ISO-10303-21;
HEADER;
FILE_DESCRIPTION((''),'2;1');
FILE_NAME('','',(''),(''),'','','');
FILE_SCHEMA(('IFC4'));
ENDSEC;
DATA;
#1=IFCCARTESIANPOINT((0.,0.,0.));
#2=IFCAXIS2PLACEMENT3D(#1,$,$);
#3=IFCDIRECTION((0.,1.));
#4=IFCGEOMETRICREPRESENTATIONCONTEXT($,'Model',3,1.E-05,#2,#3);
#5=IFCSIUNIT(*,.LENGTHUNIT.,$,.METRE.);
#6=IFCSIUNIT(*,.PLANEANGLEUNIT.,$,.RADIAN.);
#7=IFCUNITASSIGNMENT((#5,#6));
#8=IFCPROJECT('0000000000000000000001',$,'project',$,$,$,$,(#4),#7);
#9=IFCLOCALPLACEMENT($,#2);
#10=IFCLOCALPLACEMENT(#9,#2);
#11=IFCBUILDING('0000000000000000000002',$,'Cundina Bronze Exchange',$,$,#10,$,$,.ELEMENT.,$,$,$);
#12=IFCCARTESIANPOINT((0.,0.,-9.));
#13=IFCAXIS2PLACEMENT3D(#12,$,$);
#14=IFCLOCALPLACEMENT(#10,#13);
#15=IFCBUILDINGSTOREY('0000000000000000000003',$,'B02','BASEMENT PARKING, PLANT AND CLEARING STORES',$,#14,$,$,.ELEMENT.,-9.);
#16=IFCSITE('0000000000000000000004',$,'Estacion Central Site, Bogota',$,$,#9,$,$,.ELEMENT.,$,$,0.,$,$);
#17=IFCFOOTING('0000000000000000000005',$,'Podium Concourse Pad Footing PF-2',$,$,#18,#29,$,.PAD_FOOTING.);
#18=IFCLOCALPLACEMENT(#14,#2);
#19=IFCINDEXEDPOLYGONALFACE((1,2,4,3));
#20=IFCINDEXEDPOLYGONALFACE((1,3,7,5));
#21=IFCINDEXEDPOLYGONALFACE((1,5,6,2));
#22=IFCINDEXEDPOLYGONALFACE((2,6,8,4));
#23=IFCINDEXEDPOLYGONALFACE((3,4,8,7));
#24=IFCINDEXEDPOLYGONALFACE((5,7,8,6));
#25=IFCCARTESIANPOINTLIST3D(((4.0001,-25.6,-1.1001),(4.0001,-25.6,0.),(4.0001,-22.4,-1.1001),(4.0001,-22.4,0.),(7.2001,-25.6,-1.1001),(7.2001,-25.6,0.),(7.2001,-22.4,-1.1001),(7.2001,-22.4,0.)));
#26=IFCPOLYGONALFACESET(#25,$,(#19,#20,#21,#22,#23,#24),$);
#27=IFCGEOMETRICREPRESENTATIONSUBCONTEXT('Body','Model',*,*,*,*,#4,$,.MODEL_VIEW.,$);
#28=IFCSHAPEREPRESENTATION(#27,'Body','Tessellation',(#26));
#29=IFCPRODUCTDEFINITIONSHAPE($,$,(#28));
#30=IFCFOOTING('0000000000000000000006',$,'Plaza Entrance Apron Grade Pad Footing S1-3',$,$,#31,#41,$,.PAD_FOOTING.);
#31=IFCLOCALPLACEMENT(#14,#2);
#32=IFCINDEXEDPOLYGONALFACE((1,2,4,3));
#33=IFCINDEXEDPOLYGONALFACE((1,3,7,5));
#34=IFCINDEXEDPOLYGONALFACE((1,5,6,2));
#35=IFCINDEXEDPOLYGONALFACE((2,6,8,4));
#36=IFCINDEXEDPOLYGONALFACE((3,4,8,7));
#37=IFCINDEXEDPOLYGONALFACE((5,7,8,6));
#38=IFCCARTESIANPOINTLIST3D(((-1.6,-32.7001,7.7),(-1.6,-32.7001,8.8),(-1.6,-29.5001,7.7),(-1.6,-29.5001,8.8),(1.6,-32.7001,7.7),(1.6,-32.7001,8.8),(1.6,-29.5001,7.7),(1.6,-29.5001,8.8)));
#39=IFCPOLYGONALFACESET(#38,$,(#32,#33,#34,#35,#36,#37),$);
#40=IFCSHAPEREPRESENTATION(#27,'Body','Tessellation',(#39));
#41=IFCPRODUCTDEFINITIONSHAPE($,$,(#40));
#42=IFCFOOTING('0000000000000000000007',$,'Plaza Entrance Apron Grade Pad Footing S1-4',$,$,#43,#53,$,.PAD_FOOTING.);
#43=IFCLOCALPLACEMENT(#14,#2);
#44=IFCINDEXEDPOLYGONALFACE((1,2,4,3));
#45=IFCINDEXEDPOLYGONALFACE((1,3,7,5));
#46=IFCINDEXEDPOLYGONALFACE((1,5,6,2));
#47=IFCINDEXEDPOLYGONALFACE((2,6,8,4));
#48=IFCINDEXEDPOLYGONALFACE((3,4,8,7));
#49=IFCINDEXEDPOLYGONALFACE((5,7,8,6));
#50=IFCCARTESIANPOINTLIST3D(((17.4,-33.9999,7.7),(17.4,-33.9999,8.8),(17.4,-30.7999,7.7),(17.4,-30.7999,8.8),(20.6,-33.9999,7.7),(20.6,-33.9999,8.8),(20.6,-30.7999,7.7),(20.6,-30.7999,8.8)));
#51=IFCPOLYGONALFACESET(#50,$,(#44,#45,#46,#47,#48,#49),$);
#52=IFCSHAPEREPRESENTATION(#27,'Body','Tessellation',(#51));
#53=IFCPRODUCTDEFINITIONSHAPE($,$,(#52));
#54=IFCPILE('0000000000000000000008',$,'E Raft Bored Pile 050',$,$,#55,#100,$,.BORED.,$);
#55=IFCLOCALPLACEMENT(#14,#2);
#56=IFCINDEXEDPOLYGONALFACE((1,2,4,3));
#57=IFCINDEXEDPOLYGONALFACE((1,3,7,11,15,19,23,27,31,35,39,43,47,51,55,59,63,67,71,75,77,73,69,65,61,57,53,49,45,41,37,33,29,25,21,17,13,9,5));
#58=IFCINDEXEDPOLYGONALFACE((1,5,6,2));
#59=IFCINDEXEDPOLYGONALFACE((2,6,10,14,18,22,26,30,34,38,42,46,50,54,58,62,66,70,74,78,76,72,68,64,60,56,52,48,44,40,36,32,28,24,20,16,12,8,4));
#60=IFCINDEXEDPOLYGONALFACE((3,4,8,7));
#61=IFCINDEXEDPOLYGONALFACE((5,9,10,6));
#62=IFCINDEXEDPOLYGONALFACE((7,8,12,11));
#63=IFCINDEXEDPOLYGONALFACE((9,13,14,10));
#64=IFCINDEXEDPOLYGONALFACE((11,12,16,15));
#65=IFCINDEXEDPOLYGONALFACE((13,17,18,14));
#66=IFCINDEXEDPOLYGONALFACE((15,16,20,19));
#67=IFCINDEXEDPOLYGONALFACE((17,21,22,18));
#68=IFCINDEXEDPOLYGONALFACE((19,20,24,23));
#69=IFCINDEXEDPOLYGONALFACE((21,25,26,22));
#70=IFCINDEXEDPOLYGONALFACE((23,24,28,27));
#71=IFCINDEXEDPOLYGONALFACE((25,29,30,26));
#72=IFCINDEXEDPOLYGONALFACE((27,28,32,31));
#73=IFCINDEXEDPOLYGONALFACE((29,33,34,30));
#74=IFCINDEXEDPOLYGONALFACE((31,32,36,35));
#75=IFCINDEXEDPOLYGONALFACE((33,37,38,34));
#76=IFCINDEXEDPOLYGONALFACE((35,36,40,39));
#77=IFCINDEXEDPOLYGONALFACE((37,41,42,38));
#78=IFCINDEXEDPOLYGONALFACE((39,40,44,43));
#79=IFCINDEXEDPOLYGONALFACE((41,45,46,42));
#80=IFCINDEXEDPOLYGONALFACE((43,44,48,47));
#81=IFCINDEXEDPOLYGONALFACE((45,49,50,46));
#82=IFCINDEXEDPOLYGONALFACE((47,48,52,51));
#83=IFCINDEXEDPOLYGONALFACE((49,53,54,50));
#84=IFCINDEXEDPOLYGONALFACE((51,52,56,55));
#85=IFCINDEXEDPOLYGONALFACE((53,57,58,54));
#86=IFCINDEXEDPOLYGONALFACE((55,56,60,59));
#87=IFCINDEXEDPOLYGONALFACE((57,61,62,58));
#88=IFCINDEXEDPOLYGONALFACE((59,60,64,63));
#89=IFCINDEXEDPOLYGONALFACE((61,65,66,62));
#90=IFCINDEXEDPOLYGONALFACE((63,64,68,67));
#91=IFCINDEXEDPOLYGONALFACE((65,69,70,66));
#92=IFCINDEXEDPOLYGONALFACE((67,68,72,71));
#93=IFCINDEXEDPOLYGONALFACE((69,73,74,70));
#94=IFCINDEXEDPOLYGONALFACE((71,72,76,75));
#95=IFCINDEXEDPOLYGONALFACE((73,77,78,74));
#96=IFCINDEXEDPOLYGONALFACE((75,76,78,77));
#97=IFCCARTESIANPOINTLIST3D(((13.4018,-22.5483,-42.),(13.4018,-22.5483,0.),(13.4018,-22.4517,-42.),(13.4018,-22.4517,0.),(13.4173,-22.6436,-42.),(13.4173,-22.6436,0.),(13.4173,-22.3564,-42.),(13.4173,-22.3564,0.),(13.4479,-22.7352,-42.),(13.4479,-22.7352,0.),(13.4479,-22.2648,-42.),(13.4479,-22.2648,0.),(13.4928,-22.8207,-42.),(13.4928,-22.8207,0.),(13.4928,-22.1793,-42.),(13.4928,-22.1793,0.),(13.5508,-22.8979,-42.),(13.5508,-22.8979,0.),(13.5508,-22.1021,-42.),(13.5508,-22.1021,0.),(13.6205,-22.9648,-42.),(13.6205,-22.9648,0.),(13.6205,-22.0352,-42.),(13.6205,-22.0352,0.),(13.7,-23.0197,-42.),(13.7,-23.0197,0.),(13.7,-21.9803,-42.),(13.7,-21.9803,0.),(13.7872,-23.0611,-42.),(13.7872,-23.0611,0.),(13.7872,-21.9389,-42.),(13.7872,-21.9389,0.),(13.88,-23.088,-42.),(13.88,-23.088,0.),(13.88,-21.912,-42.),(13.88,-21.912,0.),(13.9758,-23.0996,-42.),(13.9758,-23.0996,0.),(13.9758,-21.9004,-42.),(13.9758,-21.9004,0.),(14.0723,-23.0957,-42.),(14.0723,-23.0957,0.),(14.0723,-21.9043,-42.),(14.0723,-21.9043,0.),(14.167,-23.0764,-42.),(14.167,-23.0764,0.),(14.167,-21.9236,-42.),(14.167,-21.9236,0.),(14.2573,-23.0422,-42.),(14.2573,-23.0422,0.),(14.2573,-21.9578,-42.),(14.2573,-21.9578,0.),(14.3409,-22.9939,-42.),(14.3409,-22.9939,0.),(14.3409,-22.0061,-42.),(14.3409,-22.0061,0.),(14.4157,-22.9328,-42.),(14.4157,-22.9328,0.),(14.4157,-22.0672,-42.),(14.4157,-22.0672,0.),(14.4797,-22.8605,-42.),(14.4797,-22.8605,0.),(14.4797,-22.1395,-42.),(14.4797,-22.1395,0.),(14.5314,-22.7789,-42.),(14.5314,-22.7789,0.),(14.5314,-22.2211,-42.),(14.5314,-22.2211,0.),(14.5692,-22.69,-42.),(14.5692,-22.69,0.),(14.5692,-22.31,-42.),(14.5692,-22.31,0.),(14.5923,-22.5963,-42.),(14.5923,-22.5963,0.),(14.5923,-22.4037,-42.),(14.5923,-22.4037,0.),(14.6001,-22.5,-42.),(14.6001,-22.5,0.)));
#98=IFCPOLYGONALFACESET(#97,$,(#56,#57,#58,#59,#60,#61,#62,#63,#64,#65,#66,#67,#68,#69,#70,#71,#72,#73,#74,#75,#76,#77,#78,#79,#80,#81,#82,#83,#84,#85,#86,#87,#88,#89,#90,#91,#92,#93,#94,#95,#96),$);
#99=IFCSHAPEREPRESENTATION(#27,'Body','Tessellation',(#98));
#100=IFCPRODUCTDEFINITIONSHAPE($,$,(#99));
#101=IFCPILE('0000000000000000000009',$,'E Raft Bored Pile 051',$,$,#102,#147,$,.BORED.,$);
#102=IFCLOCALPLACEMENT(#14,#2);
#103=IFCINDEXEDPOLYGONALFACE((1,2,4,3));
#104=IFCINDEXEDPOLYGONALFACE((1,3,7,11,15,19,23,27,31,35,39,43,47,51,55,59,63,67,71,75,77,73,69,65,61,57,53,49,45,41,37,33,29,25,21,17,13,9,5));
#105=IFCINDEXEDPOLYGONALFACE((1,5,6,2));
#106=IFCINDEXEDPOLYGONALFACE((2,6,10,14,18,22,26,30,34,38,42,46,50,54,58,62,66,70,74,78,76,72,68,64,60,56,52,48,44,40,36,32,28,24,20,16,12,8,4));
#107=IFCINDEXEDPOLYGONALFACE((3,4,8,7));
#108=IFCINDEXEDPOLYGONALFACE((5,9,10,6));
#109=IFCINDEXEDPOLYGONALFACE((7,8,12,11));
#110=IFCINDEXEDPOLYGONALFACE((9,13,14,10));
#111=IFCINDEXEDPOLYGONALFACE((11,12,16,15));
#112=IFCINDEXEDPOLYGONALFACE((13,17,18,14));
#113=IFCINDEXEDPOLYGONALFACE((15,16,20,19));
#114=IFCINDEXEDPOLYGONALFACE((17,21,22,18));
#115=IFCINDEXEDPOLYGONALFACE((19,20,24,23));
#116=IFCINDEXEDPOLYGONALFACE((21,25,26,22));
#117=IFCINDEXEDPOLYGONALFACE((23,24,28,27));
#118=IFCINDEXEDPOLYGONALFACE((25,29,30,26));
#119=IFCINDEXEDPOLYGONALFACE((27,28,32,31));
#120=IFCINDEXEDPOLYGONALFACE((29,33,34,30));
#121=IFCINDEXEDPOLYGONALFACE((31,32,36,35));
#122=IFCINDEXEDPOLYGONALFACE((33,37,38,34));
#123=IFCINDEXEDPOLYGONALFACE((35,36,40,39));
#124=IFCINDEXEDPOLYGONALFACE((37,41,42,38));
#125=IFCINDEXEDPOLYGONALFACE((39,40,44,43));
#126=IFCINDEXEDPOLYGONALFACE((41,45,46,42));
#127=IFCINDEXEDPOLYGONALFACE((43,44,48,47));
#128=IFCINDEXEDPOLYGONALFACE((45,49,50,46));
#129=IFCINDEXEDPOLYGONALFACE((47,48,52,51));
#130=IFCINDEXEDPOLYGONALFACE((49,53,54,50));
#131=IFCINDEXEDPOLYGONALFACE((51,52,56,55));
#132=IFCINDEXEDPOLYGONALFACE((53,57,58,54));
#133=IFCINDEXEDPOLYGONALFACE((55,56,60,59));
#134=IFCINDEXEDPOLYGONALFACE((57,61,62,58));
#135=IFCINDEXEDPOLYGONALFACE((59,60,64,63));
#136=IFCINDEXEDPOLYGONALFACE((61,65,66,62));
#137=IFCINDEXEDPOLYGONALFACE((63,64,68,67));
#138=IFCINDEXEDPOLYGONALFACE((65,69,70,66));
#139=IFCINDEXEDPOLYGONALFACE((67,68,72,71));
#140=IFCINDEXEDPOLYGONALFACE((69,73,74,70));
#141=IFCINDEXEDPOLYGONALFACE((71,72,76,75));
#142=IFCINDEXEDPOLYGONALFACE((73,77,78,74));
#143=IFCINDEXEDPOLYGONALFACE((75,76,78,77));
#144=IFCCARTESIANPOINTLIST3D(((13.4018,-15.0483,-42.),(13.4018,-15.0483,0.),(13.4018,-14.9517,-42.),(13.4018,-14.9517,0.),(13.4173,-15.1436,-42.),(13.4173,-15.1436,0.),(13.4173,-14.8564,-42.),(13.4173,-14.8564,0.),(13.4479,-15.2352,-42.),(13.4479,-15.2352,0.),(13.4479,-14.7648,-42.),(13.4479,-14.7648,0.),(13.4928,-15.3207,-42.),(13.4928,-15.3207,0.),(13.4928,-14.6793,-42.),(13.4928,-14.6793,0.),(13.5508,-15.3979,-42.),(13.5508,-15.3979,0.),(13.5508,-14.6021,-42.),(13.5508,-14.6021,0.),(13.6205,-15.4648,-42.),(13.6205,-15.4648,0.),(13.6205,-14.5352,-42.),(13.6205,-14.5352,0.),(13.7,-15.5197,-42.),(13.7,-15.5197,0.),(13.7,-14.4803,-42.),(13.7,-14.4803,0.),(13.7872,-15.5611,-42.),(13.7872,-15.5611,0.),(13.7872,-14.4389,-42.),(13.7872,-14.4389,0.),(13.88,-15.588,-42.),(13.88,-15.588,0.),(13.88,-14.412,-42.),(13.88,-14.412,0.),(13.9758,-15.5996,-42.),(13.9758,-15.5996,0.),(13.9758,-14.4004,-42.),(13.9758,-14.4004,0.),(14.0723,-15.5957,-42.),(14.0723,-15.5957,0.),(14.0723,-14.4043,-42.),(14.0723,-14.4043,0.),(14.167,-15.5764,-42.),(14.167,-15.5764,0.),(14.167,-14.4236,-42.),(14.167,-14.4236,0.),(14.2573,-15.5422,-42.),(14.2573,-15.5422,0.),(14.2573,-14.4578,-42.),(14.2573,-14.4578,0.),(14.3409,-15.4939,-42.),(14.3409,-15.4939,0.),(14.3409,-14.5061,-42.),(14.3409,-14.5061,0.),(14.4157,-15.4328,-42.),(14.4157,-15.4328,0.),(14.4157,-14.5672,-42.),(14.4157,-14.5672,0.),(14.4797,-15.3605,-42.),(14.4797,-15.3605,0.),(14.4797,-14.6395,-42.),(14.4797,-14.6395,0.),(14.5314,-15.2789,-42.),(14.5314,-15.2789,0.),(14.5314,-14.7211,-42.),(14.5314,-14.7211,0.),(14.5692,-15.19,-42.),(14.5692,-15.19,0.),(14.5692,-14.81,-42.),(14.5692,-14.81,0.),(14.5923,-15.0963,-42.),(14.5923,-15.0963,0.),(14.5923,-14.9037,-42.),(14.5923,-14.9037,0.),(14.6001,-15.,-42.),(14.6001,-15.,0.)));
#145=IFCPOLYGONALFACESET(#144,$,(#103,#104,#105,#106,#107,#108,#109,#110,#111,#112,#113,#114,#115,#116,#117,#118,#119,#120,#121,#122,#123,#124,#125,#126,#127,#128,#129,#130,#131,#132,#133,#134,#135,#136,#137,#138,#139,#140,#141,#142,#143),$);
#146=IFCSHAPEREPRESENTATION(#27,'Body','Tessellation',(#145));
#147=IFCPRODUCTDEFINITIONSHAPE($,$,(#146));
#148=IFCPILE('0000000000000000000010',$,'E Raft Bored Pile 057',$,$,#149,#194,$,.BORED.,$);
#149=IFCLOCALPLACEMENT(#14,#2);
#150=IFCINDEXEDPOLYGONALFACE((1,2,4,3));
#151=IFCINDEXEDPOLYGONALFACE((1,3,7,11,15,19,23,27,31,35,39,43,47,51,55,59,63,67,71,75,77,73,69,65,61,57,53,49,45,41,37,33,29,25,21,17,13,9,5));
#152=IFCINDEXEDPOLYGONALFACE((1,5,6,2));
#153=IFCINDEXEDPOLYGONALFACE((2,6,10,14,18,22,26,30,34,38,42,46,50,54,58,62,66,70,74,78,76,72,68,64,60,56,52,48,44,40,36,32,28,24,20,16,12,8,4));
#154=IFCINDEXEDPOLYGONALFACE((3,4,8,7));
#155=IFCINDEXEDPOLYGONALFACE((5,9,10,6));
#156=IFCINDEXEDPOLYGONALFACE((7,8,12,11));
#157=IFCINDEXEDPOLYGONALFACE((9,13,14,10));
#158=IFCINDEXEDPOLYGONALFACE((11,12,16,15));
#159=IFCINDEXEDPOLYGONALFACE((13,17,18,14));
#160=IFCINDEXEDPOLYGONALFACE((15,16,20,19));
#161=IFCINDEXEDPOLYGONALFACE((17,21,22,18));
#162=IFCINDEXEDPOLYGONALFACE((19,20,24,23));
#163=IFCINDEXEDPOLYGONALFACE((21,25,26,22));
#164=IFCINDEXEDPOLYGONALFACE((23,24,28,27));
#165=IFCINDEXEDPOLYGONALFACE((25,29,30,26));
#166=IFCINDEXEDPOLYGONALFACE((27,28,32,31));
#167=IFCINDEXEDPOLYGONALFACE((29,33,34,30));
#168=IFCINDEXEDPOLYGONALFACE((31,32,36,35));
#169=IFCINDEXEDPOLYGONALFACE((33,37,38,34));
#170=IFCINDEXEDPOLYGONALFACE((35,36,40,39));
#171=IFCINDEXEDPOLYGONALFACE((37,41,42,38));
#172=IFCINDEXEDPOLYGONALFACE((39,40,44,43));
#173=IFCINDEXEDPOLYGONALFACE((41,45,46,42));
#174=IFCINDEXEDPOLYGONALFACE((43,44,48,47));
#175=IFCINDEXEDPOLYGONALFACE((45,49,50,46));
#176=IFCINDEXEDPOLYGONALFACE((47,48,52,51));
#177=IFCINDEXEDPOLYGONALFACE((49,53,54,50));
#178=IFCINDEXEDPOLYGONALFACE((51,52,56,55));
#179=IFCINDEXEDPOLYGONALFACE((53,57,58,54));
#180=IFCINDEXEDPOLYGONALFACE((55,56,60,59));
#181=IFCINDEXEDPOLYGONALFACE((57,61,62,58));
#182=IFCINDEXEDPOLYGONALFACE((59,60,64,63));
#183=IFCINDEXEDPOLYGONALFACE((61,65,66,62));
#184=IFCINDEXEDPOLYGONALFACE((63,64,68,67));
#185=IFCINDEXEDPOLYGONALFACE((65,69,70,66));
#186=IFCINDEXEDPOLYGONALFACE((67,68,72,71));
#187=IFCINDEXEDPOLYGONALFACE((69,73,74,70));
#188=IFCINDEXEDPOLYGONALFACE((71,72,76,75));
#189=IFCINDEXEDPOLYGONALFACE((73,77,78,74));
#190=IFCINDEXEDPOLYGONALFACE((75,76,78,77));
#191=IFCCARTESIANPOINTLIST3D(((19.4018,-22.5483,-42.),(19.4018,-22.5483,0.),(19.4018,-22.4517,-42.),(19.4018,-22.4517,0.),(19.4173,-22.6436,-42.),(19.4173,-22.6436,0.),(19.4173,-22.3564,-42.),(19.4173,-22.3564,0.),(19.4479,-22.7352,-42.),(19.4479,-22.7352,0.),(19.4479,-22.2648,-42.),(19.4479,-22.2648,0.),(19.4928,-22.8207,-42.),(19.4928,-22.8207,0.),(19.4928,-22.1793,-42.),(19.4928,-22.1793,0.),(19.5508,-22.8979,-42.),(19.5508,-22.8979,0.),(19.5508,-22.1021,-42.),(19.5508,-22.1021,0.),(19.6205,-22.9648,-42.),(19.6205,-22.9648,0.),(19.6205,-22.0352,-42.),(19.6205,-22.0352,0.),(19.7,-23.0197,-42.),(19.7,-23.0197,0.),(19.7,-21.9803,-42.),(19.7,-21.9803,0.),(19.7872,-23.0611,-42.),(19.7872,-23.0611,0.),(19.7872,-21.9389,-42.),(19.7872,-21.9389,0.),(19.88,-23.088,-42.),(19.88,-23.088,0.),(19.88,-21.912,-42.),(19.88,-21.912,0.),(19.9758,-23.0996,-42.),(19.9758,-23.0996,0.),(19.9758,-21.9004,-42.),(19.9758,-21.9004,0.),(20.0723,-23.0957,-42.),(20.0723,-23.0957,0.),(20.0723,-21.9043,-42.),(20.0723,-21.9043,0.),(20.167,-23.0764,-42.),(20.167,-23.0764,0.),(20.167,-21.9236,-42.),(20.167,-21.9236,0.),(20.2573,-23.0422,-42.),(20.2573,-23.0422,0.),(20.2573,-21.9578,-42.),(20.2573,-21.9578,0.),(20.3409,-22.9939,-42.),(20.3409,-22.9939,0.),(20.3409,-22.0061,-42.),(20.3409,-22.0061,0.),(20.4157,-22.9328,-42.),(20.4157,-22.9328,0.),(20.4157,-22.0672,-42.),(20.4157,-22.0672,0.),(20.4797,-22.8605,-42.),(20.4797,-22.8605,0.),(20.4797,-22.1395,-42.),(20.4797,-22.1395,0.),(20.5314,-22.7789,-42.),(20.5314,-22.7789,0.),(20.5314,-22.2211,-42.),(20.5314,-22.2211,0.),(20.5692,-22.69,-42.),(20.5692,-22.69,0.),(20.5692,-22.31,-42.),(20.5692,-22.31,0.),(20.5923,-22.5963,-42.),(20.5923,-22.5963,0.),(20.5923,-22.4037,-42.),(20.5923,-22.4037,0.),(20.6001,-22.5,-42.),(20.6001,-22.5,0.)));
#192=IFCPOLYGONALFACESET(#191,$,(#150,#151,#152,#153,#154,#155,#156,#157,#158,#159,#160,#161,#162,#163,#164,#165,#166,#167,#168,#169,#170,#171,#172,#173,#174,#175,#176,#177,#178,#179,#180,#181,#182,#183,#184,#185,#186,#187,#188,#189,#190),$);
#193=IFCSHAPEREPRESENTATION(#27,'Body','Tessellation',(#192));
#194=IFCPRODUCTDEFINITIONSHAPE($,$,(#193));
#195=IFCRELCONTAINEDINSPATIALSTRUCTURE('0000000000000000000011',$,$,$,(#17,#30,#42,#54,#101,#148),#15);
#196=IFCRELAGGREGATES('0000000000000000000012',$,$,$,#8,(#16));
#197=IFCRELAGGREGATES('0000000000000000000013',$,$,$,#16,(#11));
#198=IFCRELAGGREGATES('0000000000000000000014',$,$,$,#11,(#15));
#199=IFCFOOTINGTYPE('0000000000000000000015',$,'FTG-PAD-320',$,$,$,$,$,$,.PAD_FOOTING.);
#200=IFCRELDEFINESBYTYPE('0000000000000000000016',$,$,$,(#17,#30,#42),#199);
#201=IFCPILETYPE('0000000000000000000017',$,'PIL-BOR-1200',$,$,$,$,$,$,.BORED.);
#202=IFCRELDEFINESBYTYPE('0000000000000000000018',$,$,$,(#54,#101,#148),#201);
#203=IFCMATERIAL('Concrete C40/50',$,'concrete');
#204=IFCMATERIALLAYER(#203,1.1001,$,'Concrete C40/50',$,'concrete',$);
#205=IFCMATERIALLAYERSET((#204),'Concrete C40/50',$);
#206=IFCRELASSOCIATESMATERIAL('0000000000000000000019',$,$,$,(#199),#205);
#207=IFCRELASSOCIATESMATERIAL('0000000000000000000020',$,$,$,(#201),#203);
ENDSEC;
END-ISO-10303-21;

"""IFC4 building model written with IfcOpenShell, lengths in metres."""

from ifc_helpers import new_model, si_unit, direction, frame, origin, origin_2d, place, context, subcontext, project, spatial, rectangle, circle, extrude, material, layer, layer_set, material_profile, profile_set, type_object, element, save


model = new_model("IFC4")

# Units and contexts
model_context = context("Model", 3, precision=1e-05, world=origin(), true_north=direction((0.0, 1.0)))
body_context = subcontext(model_context, "Body", "Model", "MODEL_VIEW")
ifc_project = project(units=[si_unit("LENGTHUNIT", "METRE"), si_unit("PLANEANGLEUNIT", "RADIAN")], contexts=[model_context])

# Site, building, storey
site_placement = place(None, origin())
site = spatial("IfcSite", under=ifc_project, at=site_placement, Name="Estacion Central Site, Bogota", CompositionType="ELEMENT", RefElevation=0.0)
building_placement = place(site_placement, origin())
building = spatial("IfcBuilding", under=site, at=building_placement, Name="Cundina Bronze Exchange", CompositionType="ELEMENT")
storey_placement = place(building_placement, frame((0.0, 0.0, -9.0)))
storey = spatial("IfcBuildingStorey", under=building, at=storey_placement, Name="B02", Description="BASEMENT PARKING, PLANT AND CLEARING STORES", CompositionType="ELEMENT", Elevation=-9.0)

# Footings
ifc_material_1 = material(Name="Concrete C40/50", Category="concrete")
ifc_layer_1 = layer(ifc_material_1, 1.1001, Name="Concrete C40/50", Category="concrete")
ifc_layer_set_1 = layer_set([ifc_layer_1], Name="Concrete C40/50")
footing_type = type_object("IfcFootingType", Name="FTG-PAD-320", PredefinedType="PAD_FOOTING", material=ifc_layer_set_1)
for number, where, z_axis, x_axis, name in (
    (1, (5.6001, -24.0, -1.1001), (0.0, 0.0, 1.0), (1.0, 0.0, 0.0), "Podium Concourse Pad Footing PF-2"),
    (2, (0.0, -31.1001, 7.7), (0.0, 0.0, 1.0), (1.0, 0.0, 0.0), "Plaza Entrance Apron Grade Pad Footing S1-3"),
    (3, (19.0, -32.3999, 7.7), (0.0, 0.0, 1.0), (1.0, 0.0, 0.0), "Plaza Entrance Apron Grade Pad Footing S1-4"),
):
    element("IfcFooting", number, at=place(storey_placement, frame(where, z_axis=z_axis, x_axis=x_axis)), inside=storey, type_object=footing_type, Name=name, PredefinedType="PAD_FOOTING", context=body_context, shape_type="SweptSolid", body=[
        extrude(rectangle(XDim=3.2, YDim=3.2, at=origin_2d()), origin(), (0.0, 0.0, 1.0), 1.1001),
    ])

# Piles
ifc_material_profile_1 = material_profile(ifc_material_1, circle(Radius=0.6001, at=origin_2d()), Name="PILE1200D", Category="concrete")
ifc_profile_set_1 = profile_set([ifc_material_profile_1], Name="Concrete C40/50")
pile_type_1 = type_object("IfcPileType", Name="PIL-BOR-1200", PredefinedType="BORED", material=ifc_profile_set_1)
for number, where, z_axis, x_axis, name in (
    (4, (14.0, -22.5, 0.0), (0.0, 0.0, -1.0), (1.0, 0.0, 0.0), "E Raft Bored Pile 050"),
    (5, (14.0, -15.0, 0.0), (0.0, 0.0, -1.0), (1.0, 0.0, 0.0), "E Raft Bored Pile 051"),
    (6, (20.0, -22.5, 0.0), (0.0, 0.0, -1.0), (1.0, 0.0, 0.0), "E Raft Bored Pile 057"),
):
    element("IfcPile", number, at=place(storey_placement, frame(where, z_axis=z_axis, x_axis=x_axis)), inside=storey, type_object=pile_type_1, Name=name, PredefinedType="BORED", context=body_context, shape_type="SweptSolid", body=[
        extrude(circle(Radius=0.6001, at=origin_2d()), origin(), (0.0, 0.0, 1.0), 42.0),
    ])

save(model, "model.ifc")
